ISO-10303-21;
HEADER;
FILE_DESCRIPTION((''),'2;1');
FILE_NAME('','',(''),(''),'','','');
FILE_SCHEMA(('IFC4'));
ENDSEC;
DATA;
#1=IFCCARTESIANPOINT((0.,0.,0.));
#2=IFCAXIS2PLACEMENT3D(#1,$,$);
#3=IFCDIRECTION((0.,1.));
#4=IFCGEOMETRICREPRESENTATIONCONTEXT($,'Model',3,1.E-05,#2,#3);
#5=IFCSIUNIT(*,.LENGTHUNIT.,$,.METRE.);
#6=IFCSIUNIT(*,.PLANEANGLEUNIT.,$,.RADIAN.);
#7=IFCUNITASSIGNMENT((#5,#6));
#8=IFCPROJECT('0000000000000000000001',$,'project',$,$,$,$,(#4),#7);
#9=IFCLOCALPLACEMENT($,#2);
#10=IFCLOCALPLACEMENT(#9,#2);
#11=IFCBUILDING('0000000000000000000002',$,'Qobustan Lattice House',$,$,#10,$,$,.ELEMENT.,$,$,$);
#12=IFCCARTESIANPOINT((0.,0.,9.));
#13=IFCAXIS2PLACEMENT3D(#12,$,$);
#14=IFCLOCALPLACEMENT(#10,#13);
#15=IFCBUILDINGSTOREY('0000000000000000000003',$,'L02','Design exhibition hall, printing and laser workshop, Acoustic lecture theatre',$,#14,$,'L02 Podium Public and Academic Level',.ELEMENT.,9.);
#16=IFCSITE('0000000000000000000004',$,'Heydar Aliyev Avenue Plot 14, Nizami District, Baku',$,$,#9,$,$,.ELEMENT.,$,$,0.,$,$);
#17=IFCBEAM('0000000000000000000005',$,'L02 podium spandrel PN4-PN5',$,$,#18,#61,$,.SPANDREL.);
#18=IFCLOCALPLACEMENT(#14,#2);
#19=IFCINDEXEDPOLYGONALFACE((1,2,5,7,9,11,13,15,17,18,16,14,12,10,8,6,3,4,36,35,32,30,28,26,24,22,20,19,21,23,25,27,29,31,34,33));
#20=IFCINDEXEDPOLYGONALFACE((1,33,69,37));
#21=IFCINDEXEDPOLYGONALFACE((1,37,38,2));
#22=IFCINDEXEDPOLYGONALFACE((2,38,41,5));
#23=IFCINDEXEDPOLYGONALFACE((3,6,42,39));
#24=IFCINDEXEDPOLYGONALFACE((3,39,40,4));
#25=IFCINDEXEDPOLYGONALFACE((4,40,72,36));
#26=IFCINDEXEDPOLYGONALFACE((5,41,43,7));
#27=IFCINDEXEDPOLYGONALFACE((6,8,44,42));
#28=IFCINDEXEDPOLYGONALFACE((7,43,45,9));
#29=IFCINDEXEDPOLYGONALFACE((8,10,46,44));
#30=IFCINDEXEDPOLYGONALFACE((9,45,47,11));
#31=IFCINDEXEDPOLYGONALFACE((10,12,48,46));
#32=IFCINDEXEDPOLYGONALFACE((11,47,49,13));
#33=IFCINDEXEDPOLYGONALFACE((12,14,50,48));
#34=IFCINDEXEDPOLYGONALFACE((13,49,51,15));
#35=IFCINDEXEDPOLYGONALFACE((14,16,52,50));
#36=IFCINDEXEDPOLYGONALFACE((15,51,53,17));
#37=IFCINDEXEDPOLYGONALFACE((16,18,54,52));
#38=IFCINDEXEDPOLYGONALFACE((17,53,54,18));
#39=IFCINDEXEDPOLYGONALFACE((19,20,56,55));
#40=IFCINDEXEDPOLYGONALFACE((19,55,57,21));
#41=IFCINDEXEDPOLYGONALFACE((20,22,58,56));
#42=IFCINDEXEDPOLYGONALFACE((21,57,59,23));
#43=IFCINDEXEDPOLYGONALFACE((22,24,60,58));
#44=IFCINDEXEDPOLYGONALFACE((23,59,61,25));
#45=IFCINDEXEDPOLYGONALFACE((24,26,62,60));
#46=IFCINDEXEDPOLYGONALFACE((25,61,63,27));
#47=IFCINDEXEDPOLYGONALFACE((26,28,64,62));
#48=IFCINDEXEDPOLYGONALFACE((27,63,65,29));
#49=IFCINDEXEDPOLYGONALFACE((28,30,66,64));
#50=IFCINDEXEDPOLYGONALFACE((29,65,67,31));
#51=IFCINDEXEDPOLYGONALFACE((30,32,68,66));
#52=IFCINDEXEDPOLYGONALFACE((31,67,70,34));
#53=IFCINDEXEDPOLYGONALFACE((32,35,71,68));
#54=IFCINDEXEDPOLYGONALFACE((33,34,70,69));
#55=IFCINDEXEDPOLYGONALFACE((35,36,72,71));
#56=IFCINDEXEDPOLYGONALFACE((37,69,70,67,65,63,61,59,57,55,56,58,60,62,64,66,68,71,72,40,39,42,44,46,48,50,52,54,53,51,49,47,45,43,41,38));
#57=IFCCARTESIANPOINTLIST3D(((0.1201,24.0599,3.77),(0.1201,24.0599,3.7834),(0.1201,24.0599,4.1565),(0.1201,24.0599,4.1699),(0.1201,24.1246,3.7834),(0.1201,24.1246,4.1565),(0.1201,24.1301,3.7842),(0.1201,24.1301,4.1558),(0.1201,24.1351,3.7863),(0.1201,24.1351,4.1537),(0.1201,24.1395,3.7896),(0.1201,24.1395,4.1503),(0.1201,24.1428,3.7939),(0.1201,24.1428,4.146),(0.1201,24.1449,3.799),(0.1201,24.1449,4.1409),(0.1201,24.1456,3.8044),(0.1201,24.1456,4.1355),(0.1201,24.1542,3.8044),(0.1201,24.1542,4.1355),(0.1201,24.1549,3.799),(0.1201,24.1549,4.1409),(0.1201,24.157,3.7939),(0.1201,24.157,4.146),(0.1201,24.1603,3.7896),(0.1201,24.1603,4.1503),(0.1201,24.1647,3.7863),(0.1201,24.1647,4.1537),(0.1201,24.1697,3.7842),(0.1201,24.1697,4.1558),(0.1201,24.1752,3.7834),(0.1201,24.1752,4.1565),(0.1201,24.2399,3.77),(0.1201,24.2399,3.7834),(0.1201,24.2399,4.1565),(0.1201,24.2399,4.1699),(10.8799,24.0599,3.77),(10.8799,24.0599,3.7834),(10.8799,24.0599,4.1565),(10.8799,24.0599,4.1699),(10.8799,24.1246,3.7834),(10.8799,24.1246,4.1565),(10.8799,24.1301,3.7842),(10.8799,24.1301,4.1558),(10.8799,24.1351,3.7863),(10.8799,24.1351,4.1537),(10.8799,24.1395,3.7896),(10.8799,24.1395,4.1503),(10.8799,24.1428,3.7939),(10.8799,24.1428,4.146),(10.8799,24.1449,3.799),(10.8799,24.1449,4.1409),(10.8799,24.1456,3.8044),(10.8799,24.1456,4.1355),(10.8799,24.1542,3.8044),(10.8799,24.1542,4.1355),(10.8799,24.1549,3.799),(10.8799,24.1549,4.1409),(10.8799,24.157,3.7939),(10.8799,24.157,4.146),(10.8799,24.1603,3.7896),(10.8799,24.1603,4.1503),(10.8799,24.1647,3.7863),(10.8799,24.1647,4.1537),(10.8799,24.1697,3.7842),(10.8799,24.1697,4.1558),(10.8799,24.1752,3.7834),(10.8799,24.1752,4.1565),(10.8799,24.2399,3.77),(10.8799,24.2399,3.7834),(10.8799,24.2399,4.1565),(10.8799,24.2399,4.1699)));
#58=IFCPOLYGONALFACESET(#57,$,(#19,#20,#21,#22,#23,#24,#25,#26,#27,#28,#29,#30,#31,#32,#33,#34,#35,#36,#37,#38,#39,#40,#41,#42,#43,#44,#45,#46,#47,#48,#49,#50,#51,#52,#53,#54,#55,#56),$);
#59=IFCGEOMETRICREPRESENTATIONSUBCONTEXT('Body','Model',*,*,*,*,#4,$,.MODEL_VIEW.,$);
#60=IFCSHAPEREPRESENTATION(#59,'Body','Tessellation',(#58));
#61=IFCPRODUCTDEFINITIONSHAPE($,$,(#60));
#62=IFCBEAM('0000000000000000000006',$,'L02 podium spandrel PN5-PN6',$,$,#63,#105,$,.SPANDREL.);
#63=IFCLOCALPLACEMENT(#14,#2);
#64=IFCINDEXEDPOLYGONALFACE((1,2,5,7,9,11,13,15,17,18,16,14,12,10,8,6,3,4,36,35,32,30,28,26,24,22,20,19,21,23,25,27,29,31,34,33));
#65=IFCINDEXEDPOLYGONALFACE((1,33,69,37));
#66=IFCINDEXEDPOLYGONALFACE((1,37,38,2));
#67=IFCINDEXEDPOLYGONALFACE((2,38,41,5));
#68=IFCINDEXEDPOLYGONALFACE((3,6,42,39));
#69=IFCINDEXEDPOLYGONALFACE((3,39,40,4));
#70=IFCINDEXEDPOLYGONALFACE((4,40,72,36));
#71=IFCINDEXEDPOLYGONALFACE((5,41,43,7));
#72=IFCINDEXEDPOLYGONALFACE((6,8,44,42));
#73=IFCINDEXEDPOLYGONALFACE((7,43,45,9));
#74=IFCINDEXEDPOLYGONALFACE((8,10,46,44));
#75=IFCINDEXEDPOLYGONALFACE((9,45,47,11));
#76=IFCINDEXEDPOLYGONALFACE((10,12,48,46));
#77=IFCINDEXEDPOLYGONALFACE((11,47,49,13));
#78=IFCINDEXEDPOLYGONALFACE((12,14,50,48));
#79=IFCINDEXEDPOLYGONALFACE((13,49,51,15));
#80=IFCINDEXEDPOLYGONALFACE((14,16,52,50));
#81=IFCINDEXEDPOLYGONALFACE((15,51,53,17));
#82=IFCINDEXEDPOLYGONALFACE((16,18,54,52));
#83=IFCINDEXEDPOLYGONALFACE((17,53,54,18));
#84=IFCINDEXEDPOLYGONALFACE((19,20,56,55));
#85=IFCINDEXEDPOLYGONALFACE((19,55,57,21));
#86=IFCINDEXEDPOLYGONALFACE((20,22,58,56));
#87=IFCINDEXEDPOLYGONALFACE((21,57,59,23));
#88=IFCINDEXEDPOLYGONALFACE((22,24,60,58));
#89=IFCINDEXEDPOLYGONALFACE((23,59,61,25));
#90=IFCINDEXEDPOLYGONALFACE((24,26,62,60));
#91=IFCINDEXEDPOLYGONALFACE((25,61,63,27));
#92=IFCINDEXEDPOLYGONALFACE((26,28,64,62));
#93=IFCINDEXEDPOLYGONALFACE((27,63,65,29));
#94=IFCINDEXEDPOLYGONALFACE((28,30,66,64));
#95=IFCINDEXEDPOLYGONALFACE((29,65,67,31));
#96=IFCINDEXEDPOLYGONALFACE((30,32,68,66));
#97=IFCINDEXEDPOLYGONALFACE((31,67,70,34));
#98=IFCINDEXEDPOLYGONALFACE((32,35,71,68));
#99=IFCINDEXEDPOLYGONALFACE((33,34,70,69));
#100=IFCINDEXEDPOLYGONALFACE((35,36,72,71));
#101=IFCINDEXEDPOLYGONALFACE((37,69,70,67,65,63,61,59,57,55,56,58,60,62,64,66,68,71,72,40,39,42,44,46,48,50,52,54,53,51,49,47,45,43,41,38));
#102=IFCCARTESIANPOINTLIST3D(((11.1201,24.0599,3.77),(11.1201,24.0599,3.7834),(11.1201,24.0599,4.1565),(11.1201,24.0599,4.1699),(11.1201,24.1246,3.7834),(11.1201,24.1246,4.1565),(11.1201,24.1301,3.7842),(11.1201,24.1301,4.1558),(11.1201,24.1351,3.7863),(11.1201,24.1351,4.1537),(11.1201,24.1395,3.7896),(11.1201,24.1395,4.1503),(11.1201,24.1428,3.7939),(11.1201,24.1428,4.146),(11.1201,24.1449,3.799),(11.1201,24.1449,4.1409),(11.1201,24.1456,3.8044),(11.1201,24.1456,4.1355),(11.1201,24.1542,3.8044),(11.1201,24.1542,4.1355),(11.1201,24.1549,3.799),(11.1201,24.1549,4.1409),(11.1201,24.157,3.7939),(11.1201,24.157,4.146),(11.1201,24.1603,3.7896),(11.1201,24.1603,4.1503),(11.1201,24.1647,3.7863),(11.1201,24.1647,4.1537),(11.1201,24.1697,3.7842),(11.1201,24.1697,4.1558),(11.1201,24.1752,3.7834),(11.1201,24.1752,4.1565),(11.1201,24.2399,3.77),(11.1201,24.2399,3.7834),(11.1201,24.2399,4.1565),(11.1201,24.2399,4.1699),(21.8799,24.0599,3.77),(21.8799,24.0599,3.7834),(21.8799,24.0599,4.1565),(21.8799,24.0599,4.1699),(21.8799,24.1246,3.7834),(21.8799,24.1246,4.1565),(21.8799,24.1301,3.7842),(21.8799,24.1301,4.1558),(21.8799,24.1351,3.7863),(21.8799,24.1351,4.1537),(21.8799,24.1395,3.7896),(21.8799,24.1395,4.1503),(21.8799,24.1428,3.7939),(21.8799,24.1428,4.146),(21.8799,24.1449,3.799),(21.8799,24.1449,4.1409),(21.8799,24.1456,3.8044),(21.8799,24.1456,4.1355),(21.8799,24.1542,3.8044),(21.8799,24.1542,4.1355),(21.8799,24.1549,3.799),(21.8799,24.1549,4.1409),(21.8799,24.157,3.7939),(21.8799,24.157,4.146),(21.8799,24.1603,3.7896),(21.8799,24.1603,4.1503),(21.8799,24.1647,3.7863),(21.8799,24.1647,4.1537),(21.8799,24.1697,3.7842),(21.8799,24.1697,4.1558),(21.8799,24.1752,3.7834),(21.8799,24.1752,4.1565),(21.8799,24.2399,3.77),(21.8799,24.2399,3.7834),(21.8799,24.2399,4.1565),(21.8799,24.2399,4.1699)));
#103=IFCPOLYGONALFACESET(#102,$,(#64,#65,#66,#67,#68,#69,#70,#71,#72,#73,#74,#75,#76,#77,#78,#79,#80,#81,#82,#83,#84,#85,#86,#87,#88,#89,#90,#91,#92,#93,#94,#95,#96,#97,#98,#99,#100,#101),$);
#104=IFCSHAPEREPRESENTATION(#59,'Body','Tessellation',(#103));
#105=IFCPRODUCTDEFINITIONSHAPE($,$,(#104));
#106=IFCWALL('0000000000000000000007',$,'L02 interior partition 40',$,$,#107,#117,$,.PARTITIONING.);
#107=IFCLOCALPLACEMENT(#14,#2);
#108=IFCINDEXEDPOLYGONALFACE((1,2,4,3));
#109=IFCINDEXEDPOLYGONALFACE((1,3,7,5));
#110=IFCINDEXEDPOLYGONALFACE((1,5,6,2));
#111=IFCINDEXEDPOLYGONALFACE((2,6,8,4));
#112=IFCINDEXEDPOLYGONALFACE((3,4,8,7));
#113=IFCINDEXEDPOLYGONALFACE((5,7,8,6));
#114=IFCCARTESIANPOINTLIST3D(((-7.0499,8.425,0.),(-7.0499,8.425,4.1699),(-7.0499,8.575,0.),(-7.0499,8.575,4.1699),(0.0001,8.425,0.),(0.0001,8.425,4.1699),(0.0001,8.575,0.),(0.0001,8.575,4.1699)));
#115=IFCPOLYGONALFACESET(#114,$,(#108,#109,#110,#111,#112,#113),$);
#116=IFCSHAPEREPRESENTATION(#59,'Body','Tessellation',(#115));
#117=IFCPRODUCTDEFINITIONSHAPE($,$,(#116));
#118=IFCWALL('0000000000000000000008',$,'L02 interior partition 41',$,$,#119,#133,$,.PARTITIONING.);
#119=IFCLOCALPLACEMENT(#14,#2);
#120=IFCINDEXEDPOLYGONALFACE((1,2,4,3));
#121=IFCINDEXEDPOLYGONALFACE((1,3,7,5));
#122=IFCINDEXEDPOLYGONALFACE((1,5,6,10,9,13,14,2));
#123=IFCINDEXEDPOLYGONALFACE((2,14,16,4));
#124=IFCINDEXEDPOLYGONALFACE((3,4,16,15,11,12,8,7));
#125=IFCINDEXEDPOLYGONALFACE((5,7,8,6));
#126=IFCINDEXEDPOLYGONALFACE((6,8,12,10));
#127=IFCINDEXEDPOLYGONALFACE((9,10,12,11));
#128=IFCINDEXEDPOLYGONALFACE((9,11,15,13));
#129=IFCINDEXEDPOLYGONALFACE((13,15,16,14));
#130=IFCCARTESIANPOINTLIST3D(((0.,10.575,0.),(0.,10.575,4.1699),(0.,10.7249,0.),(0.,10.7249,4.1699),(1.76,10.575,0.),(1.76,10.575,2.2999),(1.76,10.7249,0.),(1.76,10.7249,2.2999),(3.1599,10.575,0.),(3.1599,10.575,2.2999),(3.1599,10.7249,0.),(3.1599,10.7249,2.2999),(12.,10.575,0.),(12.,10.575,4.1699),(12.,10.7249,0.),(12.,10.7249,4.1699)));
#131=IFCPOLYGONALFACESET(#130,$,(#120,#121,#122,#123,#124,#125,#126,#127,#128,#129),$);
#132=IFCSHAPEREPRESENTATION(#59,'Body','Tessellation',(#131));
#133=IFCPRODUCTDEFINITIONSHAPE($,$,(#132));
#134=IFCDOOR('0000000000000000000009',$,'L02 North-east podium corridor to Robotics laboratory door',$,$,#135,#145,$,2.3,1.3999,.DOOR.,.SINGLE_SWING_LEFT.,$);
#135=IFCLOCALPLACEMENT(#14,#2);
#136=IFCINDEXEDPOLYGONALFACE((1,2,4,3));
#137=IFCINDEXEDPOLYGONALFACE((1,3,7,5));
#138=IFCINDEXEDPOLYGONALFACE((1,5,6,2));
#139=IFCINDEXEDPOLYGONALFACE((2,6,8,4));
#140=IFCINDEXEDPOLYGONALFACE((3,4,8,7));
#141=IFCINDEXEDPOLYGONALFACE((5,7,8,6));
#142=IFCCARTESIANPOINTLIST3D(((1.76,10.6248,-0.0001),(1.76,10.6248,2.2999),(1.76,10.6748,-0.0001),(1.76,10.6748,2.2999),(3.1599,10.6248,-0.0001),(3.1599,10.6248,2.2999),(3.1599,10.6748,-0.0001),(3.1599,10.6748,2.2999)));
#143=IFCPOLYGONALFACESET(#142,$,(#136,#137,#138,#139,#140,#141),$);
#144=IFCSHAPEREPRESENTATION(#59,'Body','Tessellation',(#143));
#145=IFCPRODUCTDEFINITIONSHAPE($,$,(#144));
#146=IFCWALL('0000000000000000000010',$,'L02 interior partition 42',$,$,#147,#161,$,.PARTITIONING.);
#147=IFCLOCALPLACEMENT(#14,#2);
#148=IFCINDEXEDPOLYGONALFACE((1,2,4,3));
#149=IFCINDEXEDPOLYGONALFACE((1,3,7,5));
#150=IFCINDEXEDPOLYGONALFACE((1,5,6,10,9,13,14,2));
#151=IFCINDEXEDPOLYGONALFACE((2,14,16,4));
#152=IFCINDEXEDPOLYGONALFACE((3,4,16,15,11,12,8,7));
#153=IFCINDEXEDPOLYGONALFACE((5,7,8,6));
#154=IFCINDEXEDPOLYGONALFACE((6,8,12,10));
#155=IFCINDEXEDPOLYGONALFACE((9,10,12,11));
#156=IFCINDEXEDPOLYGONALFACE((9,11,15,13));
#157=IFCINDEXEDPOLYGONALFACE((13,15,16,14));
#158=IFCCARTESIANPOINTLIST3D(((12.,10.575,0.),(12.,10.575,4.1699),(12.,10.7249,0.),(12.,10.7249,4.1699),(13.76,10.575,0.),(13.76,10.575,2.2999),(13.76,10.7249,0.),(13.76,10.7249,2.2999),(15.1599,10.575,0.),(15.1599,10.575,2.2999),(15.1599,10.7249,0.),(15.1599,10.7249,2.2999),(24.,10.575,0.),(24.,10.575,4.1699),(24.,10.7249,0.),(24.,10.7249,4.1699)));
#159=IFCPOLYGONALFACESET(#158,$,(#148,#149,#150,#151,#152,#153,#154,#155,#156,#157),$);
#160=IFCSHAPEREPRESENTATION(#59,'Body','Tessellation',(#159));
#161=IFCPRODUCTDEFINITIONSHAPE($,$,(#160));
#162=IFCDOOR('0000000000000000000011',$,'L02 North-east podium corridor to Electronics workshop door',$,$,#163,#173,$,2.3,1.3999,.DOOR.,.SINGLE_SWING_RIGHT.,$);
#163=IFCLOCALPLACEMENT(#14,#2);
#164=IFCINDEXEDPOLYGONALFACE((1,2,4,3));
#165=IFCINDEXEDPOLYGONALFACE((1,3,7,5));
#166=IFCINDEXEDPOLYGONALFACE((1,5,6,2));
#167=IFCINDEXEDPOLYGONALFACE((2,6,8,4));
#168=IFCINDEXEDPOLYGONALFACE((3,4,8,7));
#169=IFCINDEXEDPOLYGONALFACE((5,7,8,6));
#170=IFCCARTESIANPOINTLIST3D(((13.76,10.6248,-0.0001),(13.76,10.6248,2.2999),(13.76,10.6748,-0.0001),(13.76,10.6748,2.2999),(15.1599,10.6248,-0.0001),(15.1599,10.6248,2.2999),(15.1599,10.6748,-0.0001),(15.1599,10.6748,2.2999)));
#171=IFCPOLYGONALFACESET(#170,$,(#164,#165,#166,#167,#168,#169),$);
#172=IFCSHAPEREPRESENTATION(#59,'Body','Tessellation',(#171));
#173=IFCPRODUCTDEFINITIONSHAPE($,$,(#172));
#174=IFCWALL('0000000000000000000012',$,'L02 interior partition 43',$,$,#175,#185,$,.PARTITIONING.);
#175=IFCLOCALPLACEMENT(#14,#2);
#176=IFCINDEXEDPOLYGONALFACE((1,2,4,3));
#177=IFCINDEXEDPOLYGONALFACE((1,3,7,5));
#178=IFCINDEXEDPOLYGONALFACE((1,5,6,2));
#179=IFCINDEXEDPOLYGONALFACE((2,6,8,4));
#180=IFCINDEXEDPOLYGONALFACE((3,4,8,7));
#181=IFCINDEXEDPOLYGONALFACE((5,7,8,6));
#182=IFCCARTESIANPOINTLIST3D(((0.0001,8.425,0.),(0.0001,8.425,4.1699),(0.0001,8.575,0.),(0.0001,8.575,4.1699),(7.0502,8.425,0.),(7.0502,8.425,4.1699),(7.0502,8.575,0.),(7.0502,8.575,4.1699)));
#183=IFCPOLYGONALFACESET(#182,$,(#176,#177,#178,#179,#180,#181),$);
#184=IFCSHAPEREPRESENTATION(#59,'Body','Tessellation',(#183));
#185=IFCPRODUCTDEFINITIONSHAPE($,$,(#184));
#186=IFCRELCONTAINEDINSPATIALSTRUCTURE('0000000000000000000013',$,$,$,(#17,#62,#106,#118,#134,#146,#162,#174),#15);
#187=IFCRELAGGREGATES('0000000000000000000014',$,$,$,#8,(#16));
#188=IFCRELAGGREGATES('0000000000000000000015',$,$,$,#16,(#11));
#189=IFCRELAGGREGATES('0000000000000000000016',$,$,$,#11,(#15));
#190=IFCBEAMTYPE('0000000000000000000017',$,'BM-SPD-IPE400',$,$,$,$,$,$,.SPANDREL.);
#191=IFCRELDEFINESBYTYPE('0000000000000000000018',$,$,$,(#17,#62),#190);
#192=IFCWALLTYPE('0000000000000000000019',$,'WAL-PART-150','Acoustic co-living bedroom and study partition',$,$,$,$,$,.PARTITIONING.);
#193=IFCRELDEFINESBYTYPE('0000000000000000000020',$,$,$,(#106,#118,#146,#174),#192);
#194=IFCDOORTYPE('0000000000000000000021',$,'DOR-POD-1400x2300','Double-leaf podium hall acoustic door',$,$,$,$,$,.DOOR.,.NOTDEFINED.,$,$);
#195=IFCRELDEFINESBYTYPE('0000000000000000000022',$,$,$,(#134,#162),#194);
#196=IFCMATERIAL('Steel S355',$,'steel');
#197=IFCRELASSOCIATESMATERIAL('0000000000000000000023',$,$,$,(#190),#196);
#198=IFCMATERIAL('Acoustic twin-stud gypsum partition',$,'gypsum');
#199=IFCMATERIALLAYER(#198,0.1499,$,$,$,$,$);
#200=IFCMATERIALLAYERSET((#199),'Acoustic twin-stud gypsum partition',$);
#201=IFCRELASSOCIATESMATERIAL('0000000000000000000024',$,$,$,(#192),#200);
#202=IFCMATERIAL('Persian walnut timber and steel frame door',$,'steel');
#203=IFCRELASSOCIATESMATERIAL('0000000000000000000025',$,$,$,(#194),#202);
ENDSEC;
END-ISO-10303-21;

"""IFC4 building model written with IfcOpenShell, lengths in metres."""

from ifc_helpers import new_model, si_unit, direction, frame, frame_2d, origin, origin_2d, place, context, subcontext, project, spatial, rectangle, i_section, extrude, material, layer, layer_set, material_profile, profile_set, type_object, element, fill, save


model = new_model("IFC4")

# Units and contexts
model_context = context("Model", 3, precision=1e-05, world=origin(), true_north=direction((0.0, 1.0)))
body_context = subcontext(model_context, "Body", "Model", "MODEL_VIEW")
ifc_project = project(units=[si_unit("LENGTHUNIT", "METRE"), si_unit("PLANEANGLEUNIT", "RADIAN")], contexts=[model_context])

# Site, building, storey
site_placement = place(None, origin())
site = spatial("IfcSite", under=ifc_project, at=site_placement, Name="Heydar Aliyev Avenue Plot 14, Nizami District, Baku", CompositionType="ELEMENT", RefElevation=0.0)
building_placement = place(site_placement, origin())
building = spatial("IfcBuilding", under=site, at=building_placement, Name="Qobustan Lattice House", CompositionType="ELEMENT")
storey_placement = place(building_placement, frame((0.0, 0.0, 9.0)))
storey = spatial("IfcBuildingStorey", under=building, at=storey_placement, Name="L02", Description="Design exhibition hall, printing and laser workshop, Acoustic lecture theatre", LongName="L02 Podium Public and Academic Level", CompositionType="ELEMENT", Elevation=9.0)

# Beams
ifc_material_1 = material(Name="Steel S355", Category="steel")
ifc_material_profile_1 = material_profile(ifc_material_1, i_section(OverallWidth=0.1799, OverallDepth=0.3999, WebThickness=0.0085, FlangeThickness=0.0134, FilletRadius=0.021, at=origin_2d()), Name="IPE400")
ifc_profile_set_1 = profile_set([ifc_material_profile_1], Name="Steel S355")
beam_type_1 = type_object("IfcBeamType", Name="BM-SPD-IPE400", PredefinedType="SPANDREL", material=ifc_profile_set_1)
for number, where, z_axis, x_axis, name in (
    (1, (0.1201, 24.1499, 3.97), (1.0, 0.0, 0.0), (0.0, 1.0, 0.0), "L02 podium spandrel PN4-PN5"),
    (2, (11.1201, 24.1499, 3.97), (1.0, 0.0, 0.0), (0.0, 1.0, 0.0), "L02 podium spandrel PN5-PN6"),
):
    element("IfcBeam", number, at=place(storey_placement, frame(where, z_axis=z_axis, x_axis=x_axis)), inside=storey, type_object=beam_type_1, Name=name, PredefinedType="SPANDREL", context=body_context, shape_type="SweptSolid", body=[
        extrude(i_section(OverallWidth=0.1799, OverallDepth=0.3999, WebThickness=0.0085, FlangeThickness=0.0134, FilletRadius=0.021, at=origin_2d()), origin(), (0.0, 0.0, 1.0), 10.7598),
    ])

# Wall
ifc_material_2 = material(Name="Acoustic twin-stud gypsum partition", Category="gypsum")
ifc_layer_1 = layer(ifc_material_2, 0.1499)
ifc_layer_set_1 = layer_set([ifc_layer_1], Name="Acoustic twin-stud gypsum partition")
wall_type_1 = type_object("IfcWallType", Name="WAL-PART-150", Description="Acoustic co-living bedroom and study partition", PredefinedType="PARTITIONING", material=ifc_layer_set_1)
wall_1_placement = place(storey_placement, frame((0.0, 8.5, 0.0), z_axis=(0.0, 0.0, 1.0), x_axis=(-1.0, 0.0, 0.0)))
element("IfcWall", 3, at=wall_1_placement, inside=storey, type_object=wall_type_1, Name="L02 interior partition 40", PredefinedType="PARTITIONING", context=body_context, shape_type="SweptSolid", body=[
    extrude(rectangle(XDim=7.05, YDim=0.1499, at=frame_2d((3.5249, 0.0))), origin(), (0.0, 0.0, 1.0), 4.1699),
])

# Walls, openings, doors
wall_2_placement = place(storey_placement, frame((0.0, 10.6499, 0.0), z_axis=(0.0, 0.0, 1.0), x_axis=(1.0, 0.0, 0.0)))
wall_2 = element("IfcWall", 4, at=wall_2_placement, inside=storey, type_object=wall_type_1, Name="L02 interior partition 41", PredefinedType="PARTITIONING", context=body_context, shape_type="SweptSolid", body=[
    extrude(rectangle(XDim=12.0, YDim=0.1499, at=frame_2d((6.0, 0.0))), origin(), (0.0, 0.0, 1.0), 4.1699),
])
opening_1_placement = place(wall_2_placement, frame((1.76, 0.0, 0.0)))
opening_1 = element("IfcOpeningElement", 5, at=opening_1_placement, cuts=wall_2, PredefinedType="OPENING", context=body_context, shape_type="SweptSolid", body=[
    extrude(rectangle(XDim=1.3999, YDim=2.3, at=frame_2d((0.7, 1.1499))), frame((0.0, 0.085, 0.0), z_axis=(0.0, -1.0, 0.0), x_axis=(1.0, 0.0, 0.0)), (0.0, 0.0, 1.0), 0.1699),
])
ifc_material_3 = material(Name="Persian walnut timber and steel frame door", Category="steel")
door_type_1 = type_object("IfcDoorType", Name="DOR-POD-1400x2300", Description="Double-leaf podium hall acoustic door", OperationType="NOTDEFINED", PredefinedType="DOOR", material=ifc_material_3)
door_1_placement = place(opening_1_placement, origin())
door_1 = element("IfcDoor", 6, at=door_1_placement, inside=storey, type_object=door_type_1, Name="L02 North-east podium corridor to Robotics laboratory door", OperationType="SINGLE_SWING_LEFT", OverallHeight=2.3, OverallWidth=1.3999, PredefinedType="DOOR", context=body_context, shape_type="SweptSolid", body=[
    extrude(rectangle(XDim=1.3999, YDim=2.3, at=frame_2d((0.7, 1.1499))), frame((0.0, 0.0249, 0.0), z_axis=(0.0, -1.0, 0.0), x_axis=(1.0, 0.0, 0.0)), (0.0, 0.0, 1.0), 0.05),
])
fill(opening_1, door_1)
wall_3_placement = place(storey_placement, frame((12.0, 10.6499, 0.0), z_axis=(0.0, 0.0, 1.0), x_axis=(1.0, 0.0, 0.0)))
wall_3 = element("IfcWall", 7, at=wall_3_placement, inside=storey, type_object=wall_type_1, Name="L02 interior partition 42", PredefinedType="PARTITIONING", context=body_context, shape_type="SweptSolid", body=[
    extrude(rectangle(XDim=12.0, YDim=0.1499, at=frame_2d((6.0, 0.0))), origin(), (0.0, 0.0, 1.0), 4.1699),
])
opening_2_placement = place(wall_3_placement, frame((1.76, 0.0, 0.0)))
opening_2 = element("IfcOpeningElement", 8, at=opening_2_placement, cuts=wall_3, PredefinedType="OPENING", context=body_context, shape_type="SweptSolid", body=[
    extrude(rectangle(XDim=1.3999, YDim=2.3, at=frame_2d((0.7, 1.1499))), frame((0.0, 0.085, 0.0), z_axis=(0.0, -1.0, 0.0), x_axis=(1.0, 0.0, 0.0)), (0.0, 0.0, 1.0), 0.1699),
])
door_2_placement = place(opening_2_placement, origin())
door_2 = element("IfcDoor", 9, at=door_2_placement, inside=storey, type_object=door_type_1, Name="L02 North-east podium corridor to Electronics workshop door", OperationType="SINGLE_SWING_RIGHT", OverallHeight=2.3, OverallWidth=1.3999, PredefinedType="DOOR", context=body_context, shape_type="SweptSolid", body=[
    extrude(rectangle(XDim=1.3999, YDim=2.3, at=frame_2d((0.7, 1.1499))), frame((0.0, 0.0249, 0.0), z_axis=(0.0, -1.0, 0.0), x_axis=(1.0, 0.0, 0.0)), (0.0, 0.0, 1.0), 0.05),
])
fill(opening_2, door_2)

# Wall
wall_4_placement = place(storey_placement, frame((7.05, 8.5, 0.0), z_axis=(0.0, 0.0, 1.0), x_axis=(-1.0, 0.0, 0.0)))
element("IfcWall", 10, at=wall_4_placement, inside=storey, type_object=wall_type_1, Name="L02 interior partition 43", PredefinedType="PARTITIONING", context=body_context, shape_type="SweptSolid", body=[
    extrude(rectangle(XDim=7.05, YDim=0.1499, at=frame_2d((3.5249, 0.0))), origin(), (0.0, 0.0, 1.0), 4.1699),
])

save(model, "model.ifc")
